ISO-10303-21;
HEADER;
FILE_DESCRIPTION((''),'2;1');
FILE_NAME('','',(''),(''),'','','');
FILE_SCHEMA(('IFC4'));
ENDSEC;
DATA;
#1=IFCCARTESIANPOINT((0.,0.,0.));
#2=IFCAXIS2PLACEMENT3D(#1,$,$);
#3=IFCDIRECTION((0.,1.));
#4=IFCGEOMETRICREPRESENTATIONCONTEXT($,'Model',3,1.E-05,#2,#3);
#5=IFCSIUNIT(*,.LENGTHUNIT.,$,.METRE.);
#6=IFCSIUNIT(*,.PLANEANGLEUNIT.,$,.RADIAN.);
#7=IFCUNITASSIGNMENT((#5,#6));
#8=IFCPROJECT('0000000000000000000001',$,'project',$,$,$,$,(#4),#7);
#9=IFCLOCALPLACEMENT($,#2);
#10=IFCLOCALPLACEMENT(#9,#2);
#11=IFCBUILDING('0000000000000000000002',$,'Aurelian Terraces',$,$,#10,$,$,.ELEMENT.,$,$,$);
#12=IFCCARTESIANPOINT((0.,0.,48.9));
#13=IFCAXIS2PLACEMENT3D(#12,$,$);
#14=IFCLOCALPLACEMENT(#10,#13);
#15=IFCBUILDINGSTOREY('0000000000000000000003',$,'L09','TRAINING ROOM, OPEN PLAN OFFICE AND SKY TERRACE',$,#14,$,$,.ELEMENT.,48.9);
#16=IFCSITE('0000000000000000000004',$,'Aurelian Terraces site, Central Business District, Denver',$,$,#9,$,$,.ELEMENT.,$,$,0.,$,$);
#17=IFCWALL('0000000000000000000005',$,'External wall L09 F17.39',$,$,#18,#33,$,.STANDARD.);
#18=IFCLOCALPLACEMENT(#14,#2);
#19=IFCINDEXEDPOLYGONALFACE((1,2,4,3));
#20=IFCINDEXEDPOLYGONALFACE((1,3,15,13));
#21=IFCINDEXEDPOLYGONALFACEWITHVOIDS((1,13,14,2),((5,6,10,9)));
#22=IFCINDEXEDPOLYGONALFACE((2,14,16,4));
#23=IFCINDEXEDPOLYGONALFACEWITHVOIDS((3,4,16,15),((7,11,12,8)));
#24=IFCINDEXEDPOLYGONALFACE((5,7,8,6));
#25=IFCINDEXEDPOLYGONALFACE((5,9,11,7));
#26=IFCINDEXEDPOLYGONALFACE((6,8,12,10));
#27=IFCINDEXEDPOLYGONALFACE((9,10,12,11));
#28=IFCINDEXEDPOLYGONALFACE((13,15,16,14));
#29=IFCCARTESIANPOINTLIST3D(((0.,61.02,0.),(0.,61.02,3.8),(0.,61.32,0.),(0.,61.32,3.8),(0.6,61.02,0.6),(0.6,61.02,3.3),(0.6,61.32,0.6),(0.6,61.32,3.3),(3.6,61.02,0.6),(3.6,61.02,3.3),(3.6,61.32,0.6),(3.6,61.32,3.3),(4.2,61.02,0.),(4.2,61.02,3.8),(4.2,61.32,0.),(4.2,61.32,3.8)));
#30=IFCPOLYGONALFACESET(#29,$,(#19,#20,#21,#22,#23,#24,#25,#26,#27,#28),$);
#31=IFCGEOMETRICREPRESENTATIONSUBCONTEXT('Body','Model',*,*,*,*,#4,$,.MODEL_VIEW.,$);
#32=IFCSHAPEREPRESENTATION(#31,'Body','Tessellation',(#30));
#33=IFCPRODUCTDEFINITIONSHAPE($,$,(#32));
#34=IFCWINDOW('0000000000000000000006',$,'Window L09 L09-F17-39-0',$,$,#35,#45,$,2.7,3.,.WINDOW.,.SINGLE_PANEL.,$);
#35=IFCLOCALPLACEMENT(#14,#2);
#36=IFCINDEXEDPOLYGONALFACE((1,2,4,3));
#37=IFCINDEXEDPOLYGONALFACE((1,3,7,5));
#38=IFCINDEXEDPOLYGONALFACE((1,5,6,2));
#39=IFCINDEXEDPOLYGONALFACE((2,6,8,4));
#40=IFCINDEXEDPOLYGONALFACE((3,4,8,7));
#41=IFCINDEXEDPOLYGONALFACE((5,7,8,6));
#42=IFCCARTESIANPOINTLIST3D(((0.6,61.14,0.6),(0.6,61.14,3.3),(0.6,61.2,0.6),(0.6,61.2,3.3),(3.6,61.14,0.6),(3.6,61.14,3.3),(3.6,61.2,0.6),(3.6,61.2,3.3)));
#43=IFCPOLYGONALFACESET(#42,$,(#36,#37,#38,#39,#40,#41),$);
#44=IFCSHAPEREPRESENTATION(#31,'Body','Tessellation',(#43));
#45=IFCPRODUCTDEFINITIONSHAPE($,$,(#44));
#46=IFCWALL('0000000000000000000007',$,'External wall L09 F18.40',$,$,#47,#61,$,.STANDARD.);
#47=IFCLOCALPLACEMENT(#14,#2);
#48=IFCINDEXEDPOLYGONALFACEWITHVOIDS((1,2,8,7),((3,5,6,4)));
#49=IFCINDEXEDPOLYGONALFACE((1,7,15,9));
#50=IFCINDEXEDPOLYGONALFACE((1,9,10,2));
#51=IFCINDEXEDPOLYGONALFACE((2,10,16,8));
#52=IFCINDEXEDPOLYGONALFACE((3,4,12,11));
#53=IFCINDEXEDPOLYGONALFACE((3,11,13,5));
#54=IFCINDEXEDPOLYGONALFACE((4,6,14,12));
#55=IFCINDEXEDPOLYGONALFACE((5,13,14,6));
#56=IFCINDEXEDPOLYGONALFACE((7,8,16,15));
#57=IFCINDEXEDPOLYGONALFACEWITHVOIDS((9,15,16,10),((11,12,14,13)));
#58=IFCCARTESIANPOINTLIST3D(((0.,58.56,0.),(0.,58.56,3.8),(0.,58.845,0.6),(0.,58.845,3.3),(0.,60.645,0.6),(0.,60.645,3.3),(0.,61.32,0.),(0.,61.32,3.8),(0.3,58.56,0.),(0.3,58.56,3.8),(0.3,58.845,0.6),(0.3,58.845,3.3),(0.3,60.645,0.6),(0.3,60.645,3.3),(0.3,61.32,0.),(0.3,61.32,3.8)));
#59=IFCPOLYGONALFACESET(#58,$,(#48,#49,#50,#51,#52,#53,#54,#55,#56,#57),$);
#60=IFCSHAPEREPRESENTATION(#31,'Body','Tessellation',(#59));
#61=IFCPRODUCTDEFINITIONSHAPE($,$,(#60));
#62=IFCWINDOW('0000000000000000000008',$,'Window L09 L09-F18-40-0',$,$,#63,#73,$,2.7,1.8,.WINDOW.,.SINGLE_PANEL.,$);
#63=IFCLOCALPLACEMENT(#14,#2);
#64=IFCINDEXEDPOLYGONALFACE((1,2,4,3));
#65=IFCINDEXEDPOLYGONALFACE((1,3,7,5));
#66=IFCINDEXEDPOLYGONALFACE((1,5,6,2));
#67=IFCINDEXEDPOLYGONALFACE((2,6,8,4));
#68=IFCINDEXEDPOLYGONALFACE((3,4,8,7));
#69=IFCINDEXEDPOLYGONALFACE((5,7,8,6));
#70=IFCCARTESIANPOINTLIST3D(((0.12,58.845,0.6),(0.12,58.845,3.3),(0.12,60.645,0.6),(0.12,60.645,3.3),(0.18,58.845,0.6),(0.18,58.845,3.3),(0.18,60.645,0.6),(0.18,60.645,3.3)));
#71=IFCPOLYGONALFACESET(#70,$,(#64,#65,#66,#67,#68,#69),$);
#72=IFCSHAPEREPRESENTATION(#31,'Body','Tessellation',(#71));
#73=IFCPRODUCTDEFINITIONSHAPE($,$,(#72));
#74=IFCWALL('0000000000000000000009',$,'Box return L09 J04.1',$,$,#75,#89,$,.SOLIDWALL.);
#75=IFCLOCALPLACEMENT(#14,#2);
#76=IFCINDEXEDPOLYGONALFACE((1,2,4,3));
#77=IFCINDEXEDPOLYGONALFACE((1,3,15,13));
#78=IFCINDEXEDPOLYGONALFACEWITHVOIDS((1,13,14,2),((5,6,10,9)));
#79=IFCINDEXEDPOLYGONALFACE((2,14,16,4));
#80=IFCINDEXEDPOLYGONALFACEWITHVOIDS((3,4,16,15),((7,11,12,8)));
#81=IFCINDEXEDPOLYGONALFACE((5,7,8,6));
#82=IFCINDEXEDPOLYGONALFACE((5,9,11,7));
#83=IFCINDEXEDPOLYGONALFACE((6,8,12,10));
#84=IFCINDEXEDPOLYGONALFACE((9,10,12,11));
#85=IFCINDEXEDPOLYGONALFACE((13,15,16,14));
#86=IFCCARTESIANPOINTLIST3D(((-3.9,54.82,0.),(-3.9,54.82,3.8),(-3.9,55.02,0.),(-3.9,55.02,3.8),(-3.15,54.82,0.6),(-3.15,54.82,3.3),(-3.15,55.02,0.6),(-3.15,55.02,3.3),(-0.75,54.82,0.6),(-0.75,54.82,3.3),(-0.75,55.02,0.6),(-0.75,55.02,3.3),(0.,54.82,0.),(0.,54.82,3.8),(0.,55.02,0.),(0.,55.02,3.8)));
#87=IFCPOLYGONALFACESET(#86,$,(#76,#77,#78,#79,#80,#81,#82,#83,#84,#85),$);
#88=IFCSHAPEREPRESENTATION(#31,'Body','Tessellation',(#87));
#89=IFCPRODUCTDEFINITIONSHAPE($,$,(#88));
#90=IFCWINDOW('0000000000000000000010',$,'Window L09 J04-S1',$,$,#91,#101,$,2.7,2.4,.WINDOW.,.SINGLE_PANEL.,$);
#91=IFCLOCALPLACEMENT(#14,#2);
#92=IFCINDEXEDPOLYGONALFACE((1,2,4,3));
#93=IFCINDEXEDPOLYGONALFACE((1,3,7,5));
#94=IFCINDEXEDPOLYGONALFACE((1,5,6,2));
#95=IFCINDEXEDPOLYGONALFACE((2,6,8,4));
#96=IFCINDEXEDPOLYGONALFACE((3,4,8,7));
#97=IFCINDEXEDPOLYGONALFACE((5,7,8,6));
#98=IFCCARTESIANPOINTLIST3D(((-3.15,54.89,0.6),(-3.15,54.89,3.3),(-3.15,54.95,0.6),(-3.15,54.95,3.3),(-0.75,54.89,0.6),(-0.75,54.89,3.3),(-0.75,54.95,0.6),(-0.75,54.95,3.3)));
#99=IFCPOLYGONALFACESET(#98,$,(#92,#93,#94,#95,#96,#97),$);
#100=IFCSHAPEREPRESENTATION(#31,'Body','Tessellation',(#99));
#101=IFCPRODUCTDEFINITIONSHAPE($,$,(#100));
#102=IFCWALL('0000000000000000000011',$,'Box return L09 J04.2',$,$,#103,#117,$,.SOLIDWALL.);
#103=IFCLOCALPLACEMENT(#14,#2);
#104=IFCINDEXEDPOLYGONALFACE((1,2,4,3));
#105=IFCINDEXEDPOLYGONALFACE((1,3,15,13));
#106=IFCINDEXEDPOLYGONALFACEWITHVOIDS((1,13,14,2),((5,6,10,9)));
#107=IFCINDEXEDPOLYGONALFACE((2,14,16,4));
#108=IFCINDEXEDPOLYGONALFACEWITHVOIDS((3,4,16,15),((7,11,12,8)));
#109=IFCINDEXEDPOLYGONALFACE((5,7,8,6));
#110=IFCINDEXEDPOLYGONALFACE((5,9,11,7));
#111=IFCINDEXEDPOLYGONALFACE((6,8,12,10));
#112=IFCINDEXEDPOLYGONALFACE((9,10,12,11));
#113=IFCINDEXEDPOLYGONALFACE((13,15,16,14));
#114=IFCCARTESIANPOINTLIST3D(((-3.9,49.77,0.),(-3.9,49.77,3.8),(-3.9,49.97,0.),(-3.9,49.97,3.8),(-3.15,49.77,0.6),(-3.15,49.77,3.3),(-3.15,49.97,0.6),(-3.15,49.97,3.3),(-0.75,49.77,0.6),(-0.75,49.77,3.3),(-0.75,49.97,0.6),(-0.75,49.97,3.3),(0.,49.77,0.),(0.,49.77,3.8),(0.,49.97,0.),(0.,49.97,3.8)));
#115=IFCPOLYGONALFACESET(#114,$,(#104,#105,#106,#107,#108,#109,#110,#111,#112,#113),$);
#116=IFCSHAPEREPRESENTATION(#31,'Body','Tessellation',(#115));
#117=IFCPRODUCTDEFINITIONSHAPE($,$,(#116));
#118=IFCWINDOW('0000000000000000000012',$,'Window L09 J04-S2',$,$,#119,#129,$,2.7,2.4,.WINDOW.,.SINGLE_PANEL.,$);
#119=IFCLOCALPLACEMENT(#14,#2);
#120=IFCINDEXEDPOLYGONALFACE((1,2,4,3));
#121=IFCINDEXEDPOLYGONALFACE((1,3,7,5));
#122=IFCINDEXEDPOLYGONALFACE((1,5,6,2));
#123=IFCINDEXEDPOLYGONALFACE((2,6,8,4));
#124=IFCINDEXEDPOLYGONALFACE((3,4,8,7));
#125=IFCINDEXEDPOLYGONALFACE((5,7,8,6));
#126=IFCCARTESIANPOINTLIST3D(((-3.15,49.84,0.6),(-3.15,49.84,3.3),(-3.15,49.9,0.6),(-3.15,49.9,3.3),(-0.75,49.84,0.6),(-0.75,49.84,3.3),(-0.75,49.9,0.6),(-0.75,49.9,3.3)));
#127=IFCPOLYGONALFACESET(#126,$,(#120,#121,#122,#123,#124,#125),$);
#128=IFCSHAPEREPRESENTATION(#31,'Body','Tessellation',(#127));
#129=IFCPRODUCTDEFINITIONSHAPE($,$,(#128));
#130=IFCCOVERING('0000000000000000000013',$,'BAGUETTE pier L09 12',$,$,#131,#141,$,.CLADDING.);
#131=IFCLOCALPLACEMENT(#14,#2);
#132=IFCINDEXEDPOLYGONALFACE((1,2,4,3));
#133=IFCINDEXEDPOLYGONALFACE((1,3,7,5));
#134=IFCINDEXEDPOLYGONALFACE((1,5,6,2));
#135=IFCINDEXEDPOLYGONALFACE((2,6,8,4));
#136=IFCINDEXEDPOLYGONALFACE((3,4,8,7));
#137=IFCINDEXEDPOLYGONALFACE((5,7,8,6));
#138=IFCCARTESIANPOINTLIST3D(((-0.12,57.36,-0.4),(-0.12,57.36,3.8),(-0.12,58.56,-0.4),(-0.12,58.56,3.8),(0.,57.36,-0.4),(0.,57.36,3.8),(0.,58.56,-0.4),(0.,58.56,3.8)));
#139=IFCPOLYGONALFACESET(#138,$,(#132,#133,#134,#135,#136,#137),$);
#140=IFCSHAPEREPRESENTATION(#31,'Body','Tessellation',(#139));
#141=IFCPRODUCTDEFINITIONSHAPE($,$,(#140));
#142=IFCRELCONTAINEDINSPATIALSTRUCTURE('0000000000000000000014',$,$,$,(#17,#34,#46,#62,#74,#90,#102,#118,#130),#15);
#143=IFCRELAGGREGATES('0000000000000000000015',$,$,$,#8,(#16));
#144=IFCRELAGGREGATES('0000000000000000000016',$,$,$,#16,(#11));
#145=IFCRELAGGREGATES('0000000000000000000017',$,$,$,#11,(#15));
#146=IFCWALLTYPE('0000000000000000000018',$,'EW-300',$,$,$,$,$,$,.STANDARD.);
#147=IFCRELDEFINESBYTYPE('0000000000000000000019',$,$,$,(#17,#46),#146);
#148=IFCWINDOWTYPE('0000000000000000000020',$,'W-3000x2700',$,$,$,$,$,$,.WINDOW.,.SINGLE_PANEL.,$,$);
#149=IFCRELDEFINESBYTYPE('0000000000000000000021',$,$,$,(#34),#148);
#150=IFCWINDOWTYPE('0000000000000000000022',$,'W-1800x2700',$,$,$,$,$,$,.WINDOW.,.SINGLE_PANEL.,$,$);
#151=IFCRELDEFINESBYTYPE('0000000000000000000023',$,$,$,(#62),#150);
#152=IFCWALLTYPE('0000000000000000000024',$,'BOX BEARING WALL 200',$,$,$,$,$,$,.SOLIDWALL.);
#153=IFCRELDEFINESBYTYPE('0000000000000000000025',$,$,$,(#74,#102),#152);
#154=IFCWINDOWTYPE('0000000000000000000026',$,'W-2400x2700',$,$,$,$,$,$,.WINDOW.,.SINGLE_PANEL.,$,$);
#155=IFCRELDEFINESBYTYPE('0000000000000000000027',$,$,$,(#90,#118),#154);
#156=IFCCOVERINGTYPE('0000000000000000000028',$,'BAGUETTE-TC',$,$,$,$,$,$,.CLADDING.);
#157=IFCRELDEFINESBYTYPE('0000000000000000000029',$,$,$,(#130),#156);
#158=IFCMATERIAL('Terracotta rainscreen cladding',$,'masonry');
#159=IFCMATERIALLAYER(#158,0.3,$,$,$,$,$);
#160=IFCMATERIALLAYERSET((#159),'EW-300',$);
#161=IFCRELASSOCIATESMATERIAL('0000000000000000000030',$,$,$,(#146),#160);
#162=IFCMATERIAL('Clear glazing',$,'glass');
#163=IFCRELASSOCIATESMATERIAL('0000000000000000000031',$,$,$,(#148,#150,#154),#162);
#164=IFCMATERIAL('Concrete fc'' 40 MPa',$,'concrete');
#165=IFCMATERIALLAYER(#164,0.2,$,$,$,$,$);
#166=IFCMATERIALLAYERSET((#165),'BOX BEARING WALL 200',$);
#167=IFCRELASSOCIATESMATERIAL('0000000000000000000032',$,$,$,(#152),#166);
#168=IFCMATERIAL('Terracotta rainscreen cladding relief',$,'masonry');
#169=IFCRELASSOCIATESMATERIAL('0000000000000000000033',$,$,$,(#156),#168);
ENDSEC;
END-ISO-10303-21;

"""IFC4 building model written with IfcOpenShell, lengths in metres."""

from ifc_helpers import new_model, si_unit, direction, frame, frame_2d, origin, origin_2d, place, context, subcontext, project, spatial, rectangle, extrude, source, transform, mapped, material, layer, layer_set, type_object, element, fill, save


model = new_model("IFC4")

# Units and contexts
model_context = context("Model", 3, precision=1e-05, world=origin(), true_north=direction((0.0, 1.0)))
body_context = subcontext(model_context, "Body", "Model", "MODEL_VIEW")
ifc_project = project(units=[si_unit("LENGTHUNIT", "METRE"), si_unit("PLANEANGLEUNIT", "RADIAN")], contexts=[model_context])

# Site, building, storey
site_placement = place(None, origin())
site = spatial("IfcSite", under=ifc_project, at=site_placement, Name="Aurelian Terraces site, Central Business District, Denver", CompositionType="ELEMENT", RefElevation=0.0)
building_placement = place(site_placement, origin())
building = spatial("IfcBuilding", under=site, at=building_placement, Name="Aurelian Terraces", CompositionType="ELEMENT")
storey_placement = place(building_placement, frame((0.0, 0.0, 48.9)))
storey = spatial("IfcBuildingStorey", under=building, at=storey_placement, Name="L09", Description="TRAINING ROOM, OPEN PLAN OFFICE AND SKY TERRACE", CompositionType="ELEMENT", Elevation=48.9)

# Shared definitions
ifc_material_1 = material(Name="Concrete fc' 40 MPa", Category="concrete")
ifc_material_2 = material(Name="Clear glazing", Category="glass")

# Shared definitions
ifc_material_3 = material(Name="Terracotta rainscreen cladding", Category="masonry")
ifc_layer_1 = layer(ifc_material_3, 0.3)
ifc_layer_set_1 = layer_set([ifc_layer_1], Name="EW-300")
wall_type_1 = type_object("IfcWallType", Name="EW-300", PredefinedType="STANDARD", material=ifc_layer_set_1)

# Walls, openings, windows
shared_shape_1 = source(origin(), body_context, "Body", "SweptSolid", [
    extrude(rectangle(XDim=4.2, YDim=0.3, at=frame_2d((2.1, 0.0))), origin(), (0.0, 0.0, 1.0), 3.8),
])
wall_1_placement = place(storey_placement, frame((4.2, 61.17, 0.0), z_axis=(0.0, 0.0, 1.0), x_axis=(-1.0, 0.0, 0.0)))
wall_1 = element("IfcWall", 1, at=wall_1_placement, inside=storey, type_object=wall_type_1, Name="External wall L09 F17.39", PredefinedType="STANDARD", context=body_context, shape_type="MappedRepresentation", body=[
    mapped(shared_shape_1, transform((0.0, 0.0, 0.0), scale=1.0)),
])
shared_shape_2 = source(origin(), body_context, "Body", "SweptSolid", [
    extrude(rectangle(XDim=3.0, YDim=2.7, at=frame_2d((1.5, 1.35))), frame((0.0, 0.16, 0.0), z_axis=(0.0, -1.0, 0.0), x_axis=(1.0, 0.0, 0.0)), (0.0, 0.0, 1.0), 0.32),
])
opening_1_placement = place(wall_1_placement, frame((0.6, 0.0, 0.6)))
opening_1 = element("IfcOpeningElement", 2, at=opening_1_placement, cuts=wall_1, PredefinedType="OPENING", context=body_context, shape_type="MappedRepresentation", body=[
    mapped(shared_shape_2, transform((0.0, 0.0, 0.0), scale=1.0)),
])
window_type_1 = type_object("IfcWindowType", Name="W-3000x2700", PartitioningType="SINGLE_PANEL", PredefinedType="WINDOW", material=ifc_material_2)
shared_shape_3 = source(origin(), body_context, "Body", "SweptSolid", [
    extrude(rectangle(XDim=3.0, YDim=2.7, at=frame_2d((1.5, 1.35))), frame((0.0, 0.03, 0.0), z_axis=(0.0, -1.0, 0.0), x_axis=(1.0, 0.0, 0.0)), (0.0, 0.0, 1.0), 0.06),
])
window_1_placement = place(opening_1_placement, origin())
window_1 = element("IfcWindow", 3, at=window_1_placement, inside=storey, type_object=window_type_1, Name="Window L09 L09-F17-39-0", OverallHeight=2.7, OverallWidth=3.0, PartitioningType="SINGLE_PANEL", PredefinedType="WINDOW", context=body_context, shape_type="MappedRepresentation", body=[
    mapped(shared_shape_3, transform((0.0, 0.0, 0.0), scale=1.0)),
])
fill(opening_1, window_1)
shared_shape_4 = source(origin(), body_context, "Body", "SweptSolid", [
    extrude(rectangle(XDim=2.76, YDim=0.3, at=frame_2d((1.38, 0.0))), origin(), (0.0, 0.0, 1.0), 3.8),
])
wall_2_placement = place(storey_placement, frame((0.15, 61.32, 0.0), z_axis=(0.0, 0.0, 1.0), x_axis=(0.0, -1.0, 0.0)))
wall_2 = element("IfcWall", 4, at=wall_2_placement, inside=storey, type_object=wall_type_1, Name="External wall L09 F18.40", PredefinedType="STANDARD", context=body_context, shape_type="MappedRepresentation", body=[
    mapped(shared_shape_4, transform((0.0, 0.0, 0.0), scale=1.0)),
])
shared_shape_5 = source(origin(), body_context, "Body", "SweptSolid", [
    extrude(rectangle(XDim=1.8, YDim=2.7, at=frame_2d((0.9, 1.35))), frame((0.0, 0.16, 0.0), z_axis=(0.0, -1.0, 0.0), x_axis=(1.0, 0.0, 0.0)), (0.0, 0.0, 1.0), 0.32),
])
opening_2_placement = place(wall_2_placement, frame((0.675, 0.0, 0.6)))
opening_2 = element("IfcOpeningElement", 5, at=opening_2_placement, cuts=wall_2, PredefinedType="OPENING", context=body_context, shape_type="MappedRepresentation", body=[
    mapped(shared_shape_5, transform((0.0, 0.0, 0.0), scale=1.0)),
])
window_type_2 = type_object("IfcWindowType", Name="W-1800x2700", PartitioningType="SINGLE_PANEL", PredefinedType="WINDOW", material=ifc_material_2)
shared_shape_6 = source(origin(), body_context, "Body", "SweptSolid", [
    extrude(rectangle(XDim=1.8, YDim=2.7, at=frame_2d((0.9, 1.35))), frame((0.0, 0.03, 0.0), z_axis=(0.0, -1.0, 0.0), x_axis=(1.0, 0.0, 0.0)), (0.0, 0.0, 1.0), 0.06),
])
window_2_placement = place(opening_2_placement, origin())
window_2 = element("IfcWindow", 6, at=window_2_placement, inside=storey, type_object=window_type_2, Name="Window L09 L09-F18-40-0", OverallHeight=2.7, OverallWidth=1.8, PartitioningType="SINGLE_PANEL", PredefinedType="WINDOW", context=body_context, shape_type="MappedRepresentation", body=[
    mapped(shared_shape_6, transform((0.0, 0.0, 0.0), scale=1.0)),
])
fill(opening_2, window_2)
ifc_layer_2 = layer(ifc_material_1, 0.2)
ifc_layer_set_2 = layer_set([ifc_layer_2], Name="BOX BEARING WALL 200")
wall_type_2 = type_object("IfcWallType", Name="BOX BEARING WALL 200", PredefinedType="SOLIDWALL", material=ifc_layer_set_2)
shared_shape_7 = source(origin(), body_context, "Body", "SweptSolid", [
    extrude(rectangle(XDim=3.9, YDim=0.2, at=frame_2d((1.95, 0.0))), origin(), (0.0, 0.0, 1.0), 3.8),
])
wall_3_placement = place(storey_placement, frame((0.0, 54.92, 0.0), z_axis=(0.0, 0.0, 1.0), x_axis=(-1.0, 0.0, 0.0)))
wall_3 = element("IfcWall", 7, at=wall_3_placement, inside=storey, type_object=wall_type_2, Name="Box return L09 J04.1", PredefinedType="SOLIDWALL", context=body_context, shape_type="MappedRepresentation", body=[
    mapped(shared_shape_7, transform((0.0, 0.0, 0.0), scale=1.0)),
])
shared_shape_8 = source(origin(), body_context, "Body", "SweptSolid", [
    extrude(rectangle(XDim=2.4, YDim=2.7, at=frame_2d((1.2, 1.35))), frame((0.0, 0.11, 0.0), z_axis=(0.0, -1.0, 0.0), x_axis=(1.0, 0.0, 0.0)), (0.0, 0.0, 1.0), 0.22),
])
opening_3_placement = place(wall_3_placement, frame((0.75, 0.0, 0.6)))
opening_3 = element("IfcOpeningElement", 8, at=opening_3_placement, cuts=wall_3, PredefinedType="OPENING", context=body_context, shape_type="MappedRepresentation", body=[
    mapped(shared_shape_8, transform((0.0, 0.0, 0.0), scale=1.0)),
])
window_type_3 = type_object("IfcWindowType", Name="W-2400x2700", PartitioningType="SINGLE_PANEL", PredefinedType="WINDOW", material=ifc_material_2)
shared_shape_9 = source(origin(), body_context, "Body", "SweptSolid", [
    extrude(rectangle(XDim=2.4, YDim=2.7, at=frame_2d((1.2, 1.35))), frame((0.0, 0.03, 0.0), z_axis=(0.0, -1.0, 0.0), x_axis=(1.0, 0.0, 0.0)), (0.0, 0.0, 1.0), 0.06),
])
window_3_placement = place(opening_3_placement, origin())
window_3 = element("IfcWindow", 9, at=window_3_placement, inside=storey, type_object=window_type_3, Name="Window L09 J04-S1", OverallHeight=2.7, OverallWidth=2.4, PartitioningType="SINGLE_PANEL", PredefinedType="WINDOW", context=body_context, shape_type="MappedRepresentation", body=[
    mapped(shared_shape_9, transform((0.0, 0.0, 0.0), scale=1.0)),
])
fill(opening_3, window_3)
wall_4_placement = place(storey_placement, frame((0.0, 49.87, 0.0), z_axis=(0.0, 0.0, 1.0), x_axis=(-1.0, 0.0, 0.0)))
wall_4 = element("IfcWall", 10, at=wall_4_placement, inside=storey, type_object=wall_type_2, Name="Box return L09 J04.2", PredefinedType="SOLIDWALL", context=body_context, shape_type="MappedRepresentation", body=[
    mapped(shared_shape_7, transform((0.0, 0.0, 0.0), scale=1.0)),
])
opening_4_placement = place(wall_4_placement, frame((0.75, 0.0, 0.6)))
opening_4 = element("IfcOpeningElement", 11, at=opening_4_placement, cuts=wall_4, PredefinedType="OPENING", context=body_context, shape_type="MappedRepresentation", body=[
    mapped(shared_shape_8, transform((0.0, 0.0, 0.0), scale=1.0)),
])
window_4_placement = place(opening_4_placement, origin())
window_4 = element("IfcWindow", 12, at=window_4_placement, inside=storey, type_object=window_type_3, Name="Window L09 J04-S2", OverallHeight=2.7, OverallWidth=2.4, PartitioningType="SINGLE_PANEL", PredefinedType="WINDOW", context=body_context, shape_type="MappedRepresentation", body=[
    mapped(shared_shape_9, transform((0.0, 0.0, 0.0), scale=1.0)),
])
fill(opening_4, window_4)

# Covering
ifc_material_4 = material(Name="Terracotta rainscreen cladding relief", Category="masonry")
covering_type = type_object("IfcCoveringType", Name="BAGUETTE-TC", PredefinedType="CLADDING", material=ifc_material_4)
shared_shape_10 = source(origin(), body_context, "Body", "SweptSolid", [
    extrude(rectangle(XDim=0.12, YDim=1.2, at=origin_2d()), origin(), (0.0, 0.0, 1.0), 4.2),
])
covering_placement = place(storey_placement, frame((-0.06, 57.96, -0.4), z_axis=(0.0, 0.0, 1.0), x_axis=(1.0, 0.0, 0.0)))
element("IfcCovering", 13, at=covering_placement, inside=storey, type_object=covering_type, Name="BAGUETTE pier L09 12", PredefinedType="CLADDING", context=body_context, shape_type="MappedRepresentation", body=[
    mapped(shared_shape_10, transform((0.0, 0.0, 0.0), scale=1.0)),
])

save(model, "model.ifc")
